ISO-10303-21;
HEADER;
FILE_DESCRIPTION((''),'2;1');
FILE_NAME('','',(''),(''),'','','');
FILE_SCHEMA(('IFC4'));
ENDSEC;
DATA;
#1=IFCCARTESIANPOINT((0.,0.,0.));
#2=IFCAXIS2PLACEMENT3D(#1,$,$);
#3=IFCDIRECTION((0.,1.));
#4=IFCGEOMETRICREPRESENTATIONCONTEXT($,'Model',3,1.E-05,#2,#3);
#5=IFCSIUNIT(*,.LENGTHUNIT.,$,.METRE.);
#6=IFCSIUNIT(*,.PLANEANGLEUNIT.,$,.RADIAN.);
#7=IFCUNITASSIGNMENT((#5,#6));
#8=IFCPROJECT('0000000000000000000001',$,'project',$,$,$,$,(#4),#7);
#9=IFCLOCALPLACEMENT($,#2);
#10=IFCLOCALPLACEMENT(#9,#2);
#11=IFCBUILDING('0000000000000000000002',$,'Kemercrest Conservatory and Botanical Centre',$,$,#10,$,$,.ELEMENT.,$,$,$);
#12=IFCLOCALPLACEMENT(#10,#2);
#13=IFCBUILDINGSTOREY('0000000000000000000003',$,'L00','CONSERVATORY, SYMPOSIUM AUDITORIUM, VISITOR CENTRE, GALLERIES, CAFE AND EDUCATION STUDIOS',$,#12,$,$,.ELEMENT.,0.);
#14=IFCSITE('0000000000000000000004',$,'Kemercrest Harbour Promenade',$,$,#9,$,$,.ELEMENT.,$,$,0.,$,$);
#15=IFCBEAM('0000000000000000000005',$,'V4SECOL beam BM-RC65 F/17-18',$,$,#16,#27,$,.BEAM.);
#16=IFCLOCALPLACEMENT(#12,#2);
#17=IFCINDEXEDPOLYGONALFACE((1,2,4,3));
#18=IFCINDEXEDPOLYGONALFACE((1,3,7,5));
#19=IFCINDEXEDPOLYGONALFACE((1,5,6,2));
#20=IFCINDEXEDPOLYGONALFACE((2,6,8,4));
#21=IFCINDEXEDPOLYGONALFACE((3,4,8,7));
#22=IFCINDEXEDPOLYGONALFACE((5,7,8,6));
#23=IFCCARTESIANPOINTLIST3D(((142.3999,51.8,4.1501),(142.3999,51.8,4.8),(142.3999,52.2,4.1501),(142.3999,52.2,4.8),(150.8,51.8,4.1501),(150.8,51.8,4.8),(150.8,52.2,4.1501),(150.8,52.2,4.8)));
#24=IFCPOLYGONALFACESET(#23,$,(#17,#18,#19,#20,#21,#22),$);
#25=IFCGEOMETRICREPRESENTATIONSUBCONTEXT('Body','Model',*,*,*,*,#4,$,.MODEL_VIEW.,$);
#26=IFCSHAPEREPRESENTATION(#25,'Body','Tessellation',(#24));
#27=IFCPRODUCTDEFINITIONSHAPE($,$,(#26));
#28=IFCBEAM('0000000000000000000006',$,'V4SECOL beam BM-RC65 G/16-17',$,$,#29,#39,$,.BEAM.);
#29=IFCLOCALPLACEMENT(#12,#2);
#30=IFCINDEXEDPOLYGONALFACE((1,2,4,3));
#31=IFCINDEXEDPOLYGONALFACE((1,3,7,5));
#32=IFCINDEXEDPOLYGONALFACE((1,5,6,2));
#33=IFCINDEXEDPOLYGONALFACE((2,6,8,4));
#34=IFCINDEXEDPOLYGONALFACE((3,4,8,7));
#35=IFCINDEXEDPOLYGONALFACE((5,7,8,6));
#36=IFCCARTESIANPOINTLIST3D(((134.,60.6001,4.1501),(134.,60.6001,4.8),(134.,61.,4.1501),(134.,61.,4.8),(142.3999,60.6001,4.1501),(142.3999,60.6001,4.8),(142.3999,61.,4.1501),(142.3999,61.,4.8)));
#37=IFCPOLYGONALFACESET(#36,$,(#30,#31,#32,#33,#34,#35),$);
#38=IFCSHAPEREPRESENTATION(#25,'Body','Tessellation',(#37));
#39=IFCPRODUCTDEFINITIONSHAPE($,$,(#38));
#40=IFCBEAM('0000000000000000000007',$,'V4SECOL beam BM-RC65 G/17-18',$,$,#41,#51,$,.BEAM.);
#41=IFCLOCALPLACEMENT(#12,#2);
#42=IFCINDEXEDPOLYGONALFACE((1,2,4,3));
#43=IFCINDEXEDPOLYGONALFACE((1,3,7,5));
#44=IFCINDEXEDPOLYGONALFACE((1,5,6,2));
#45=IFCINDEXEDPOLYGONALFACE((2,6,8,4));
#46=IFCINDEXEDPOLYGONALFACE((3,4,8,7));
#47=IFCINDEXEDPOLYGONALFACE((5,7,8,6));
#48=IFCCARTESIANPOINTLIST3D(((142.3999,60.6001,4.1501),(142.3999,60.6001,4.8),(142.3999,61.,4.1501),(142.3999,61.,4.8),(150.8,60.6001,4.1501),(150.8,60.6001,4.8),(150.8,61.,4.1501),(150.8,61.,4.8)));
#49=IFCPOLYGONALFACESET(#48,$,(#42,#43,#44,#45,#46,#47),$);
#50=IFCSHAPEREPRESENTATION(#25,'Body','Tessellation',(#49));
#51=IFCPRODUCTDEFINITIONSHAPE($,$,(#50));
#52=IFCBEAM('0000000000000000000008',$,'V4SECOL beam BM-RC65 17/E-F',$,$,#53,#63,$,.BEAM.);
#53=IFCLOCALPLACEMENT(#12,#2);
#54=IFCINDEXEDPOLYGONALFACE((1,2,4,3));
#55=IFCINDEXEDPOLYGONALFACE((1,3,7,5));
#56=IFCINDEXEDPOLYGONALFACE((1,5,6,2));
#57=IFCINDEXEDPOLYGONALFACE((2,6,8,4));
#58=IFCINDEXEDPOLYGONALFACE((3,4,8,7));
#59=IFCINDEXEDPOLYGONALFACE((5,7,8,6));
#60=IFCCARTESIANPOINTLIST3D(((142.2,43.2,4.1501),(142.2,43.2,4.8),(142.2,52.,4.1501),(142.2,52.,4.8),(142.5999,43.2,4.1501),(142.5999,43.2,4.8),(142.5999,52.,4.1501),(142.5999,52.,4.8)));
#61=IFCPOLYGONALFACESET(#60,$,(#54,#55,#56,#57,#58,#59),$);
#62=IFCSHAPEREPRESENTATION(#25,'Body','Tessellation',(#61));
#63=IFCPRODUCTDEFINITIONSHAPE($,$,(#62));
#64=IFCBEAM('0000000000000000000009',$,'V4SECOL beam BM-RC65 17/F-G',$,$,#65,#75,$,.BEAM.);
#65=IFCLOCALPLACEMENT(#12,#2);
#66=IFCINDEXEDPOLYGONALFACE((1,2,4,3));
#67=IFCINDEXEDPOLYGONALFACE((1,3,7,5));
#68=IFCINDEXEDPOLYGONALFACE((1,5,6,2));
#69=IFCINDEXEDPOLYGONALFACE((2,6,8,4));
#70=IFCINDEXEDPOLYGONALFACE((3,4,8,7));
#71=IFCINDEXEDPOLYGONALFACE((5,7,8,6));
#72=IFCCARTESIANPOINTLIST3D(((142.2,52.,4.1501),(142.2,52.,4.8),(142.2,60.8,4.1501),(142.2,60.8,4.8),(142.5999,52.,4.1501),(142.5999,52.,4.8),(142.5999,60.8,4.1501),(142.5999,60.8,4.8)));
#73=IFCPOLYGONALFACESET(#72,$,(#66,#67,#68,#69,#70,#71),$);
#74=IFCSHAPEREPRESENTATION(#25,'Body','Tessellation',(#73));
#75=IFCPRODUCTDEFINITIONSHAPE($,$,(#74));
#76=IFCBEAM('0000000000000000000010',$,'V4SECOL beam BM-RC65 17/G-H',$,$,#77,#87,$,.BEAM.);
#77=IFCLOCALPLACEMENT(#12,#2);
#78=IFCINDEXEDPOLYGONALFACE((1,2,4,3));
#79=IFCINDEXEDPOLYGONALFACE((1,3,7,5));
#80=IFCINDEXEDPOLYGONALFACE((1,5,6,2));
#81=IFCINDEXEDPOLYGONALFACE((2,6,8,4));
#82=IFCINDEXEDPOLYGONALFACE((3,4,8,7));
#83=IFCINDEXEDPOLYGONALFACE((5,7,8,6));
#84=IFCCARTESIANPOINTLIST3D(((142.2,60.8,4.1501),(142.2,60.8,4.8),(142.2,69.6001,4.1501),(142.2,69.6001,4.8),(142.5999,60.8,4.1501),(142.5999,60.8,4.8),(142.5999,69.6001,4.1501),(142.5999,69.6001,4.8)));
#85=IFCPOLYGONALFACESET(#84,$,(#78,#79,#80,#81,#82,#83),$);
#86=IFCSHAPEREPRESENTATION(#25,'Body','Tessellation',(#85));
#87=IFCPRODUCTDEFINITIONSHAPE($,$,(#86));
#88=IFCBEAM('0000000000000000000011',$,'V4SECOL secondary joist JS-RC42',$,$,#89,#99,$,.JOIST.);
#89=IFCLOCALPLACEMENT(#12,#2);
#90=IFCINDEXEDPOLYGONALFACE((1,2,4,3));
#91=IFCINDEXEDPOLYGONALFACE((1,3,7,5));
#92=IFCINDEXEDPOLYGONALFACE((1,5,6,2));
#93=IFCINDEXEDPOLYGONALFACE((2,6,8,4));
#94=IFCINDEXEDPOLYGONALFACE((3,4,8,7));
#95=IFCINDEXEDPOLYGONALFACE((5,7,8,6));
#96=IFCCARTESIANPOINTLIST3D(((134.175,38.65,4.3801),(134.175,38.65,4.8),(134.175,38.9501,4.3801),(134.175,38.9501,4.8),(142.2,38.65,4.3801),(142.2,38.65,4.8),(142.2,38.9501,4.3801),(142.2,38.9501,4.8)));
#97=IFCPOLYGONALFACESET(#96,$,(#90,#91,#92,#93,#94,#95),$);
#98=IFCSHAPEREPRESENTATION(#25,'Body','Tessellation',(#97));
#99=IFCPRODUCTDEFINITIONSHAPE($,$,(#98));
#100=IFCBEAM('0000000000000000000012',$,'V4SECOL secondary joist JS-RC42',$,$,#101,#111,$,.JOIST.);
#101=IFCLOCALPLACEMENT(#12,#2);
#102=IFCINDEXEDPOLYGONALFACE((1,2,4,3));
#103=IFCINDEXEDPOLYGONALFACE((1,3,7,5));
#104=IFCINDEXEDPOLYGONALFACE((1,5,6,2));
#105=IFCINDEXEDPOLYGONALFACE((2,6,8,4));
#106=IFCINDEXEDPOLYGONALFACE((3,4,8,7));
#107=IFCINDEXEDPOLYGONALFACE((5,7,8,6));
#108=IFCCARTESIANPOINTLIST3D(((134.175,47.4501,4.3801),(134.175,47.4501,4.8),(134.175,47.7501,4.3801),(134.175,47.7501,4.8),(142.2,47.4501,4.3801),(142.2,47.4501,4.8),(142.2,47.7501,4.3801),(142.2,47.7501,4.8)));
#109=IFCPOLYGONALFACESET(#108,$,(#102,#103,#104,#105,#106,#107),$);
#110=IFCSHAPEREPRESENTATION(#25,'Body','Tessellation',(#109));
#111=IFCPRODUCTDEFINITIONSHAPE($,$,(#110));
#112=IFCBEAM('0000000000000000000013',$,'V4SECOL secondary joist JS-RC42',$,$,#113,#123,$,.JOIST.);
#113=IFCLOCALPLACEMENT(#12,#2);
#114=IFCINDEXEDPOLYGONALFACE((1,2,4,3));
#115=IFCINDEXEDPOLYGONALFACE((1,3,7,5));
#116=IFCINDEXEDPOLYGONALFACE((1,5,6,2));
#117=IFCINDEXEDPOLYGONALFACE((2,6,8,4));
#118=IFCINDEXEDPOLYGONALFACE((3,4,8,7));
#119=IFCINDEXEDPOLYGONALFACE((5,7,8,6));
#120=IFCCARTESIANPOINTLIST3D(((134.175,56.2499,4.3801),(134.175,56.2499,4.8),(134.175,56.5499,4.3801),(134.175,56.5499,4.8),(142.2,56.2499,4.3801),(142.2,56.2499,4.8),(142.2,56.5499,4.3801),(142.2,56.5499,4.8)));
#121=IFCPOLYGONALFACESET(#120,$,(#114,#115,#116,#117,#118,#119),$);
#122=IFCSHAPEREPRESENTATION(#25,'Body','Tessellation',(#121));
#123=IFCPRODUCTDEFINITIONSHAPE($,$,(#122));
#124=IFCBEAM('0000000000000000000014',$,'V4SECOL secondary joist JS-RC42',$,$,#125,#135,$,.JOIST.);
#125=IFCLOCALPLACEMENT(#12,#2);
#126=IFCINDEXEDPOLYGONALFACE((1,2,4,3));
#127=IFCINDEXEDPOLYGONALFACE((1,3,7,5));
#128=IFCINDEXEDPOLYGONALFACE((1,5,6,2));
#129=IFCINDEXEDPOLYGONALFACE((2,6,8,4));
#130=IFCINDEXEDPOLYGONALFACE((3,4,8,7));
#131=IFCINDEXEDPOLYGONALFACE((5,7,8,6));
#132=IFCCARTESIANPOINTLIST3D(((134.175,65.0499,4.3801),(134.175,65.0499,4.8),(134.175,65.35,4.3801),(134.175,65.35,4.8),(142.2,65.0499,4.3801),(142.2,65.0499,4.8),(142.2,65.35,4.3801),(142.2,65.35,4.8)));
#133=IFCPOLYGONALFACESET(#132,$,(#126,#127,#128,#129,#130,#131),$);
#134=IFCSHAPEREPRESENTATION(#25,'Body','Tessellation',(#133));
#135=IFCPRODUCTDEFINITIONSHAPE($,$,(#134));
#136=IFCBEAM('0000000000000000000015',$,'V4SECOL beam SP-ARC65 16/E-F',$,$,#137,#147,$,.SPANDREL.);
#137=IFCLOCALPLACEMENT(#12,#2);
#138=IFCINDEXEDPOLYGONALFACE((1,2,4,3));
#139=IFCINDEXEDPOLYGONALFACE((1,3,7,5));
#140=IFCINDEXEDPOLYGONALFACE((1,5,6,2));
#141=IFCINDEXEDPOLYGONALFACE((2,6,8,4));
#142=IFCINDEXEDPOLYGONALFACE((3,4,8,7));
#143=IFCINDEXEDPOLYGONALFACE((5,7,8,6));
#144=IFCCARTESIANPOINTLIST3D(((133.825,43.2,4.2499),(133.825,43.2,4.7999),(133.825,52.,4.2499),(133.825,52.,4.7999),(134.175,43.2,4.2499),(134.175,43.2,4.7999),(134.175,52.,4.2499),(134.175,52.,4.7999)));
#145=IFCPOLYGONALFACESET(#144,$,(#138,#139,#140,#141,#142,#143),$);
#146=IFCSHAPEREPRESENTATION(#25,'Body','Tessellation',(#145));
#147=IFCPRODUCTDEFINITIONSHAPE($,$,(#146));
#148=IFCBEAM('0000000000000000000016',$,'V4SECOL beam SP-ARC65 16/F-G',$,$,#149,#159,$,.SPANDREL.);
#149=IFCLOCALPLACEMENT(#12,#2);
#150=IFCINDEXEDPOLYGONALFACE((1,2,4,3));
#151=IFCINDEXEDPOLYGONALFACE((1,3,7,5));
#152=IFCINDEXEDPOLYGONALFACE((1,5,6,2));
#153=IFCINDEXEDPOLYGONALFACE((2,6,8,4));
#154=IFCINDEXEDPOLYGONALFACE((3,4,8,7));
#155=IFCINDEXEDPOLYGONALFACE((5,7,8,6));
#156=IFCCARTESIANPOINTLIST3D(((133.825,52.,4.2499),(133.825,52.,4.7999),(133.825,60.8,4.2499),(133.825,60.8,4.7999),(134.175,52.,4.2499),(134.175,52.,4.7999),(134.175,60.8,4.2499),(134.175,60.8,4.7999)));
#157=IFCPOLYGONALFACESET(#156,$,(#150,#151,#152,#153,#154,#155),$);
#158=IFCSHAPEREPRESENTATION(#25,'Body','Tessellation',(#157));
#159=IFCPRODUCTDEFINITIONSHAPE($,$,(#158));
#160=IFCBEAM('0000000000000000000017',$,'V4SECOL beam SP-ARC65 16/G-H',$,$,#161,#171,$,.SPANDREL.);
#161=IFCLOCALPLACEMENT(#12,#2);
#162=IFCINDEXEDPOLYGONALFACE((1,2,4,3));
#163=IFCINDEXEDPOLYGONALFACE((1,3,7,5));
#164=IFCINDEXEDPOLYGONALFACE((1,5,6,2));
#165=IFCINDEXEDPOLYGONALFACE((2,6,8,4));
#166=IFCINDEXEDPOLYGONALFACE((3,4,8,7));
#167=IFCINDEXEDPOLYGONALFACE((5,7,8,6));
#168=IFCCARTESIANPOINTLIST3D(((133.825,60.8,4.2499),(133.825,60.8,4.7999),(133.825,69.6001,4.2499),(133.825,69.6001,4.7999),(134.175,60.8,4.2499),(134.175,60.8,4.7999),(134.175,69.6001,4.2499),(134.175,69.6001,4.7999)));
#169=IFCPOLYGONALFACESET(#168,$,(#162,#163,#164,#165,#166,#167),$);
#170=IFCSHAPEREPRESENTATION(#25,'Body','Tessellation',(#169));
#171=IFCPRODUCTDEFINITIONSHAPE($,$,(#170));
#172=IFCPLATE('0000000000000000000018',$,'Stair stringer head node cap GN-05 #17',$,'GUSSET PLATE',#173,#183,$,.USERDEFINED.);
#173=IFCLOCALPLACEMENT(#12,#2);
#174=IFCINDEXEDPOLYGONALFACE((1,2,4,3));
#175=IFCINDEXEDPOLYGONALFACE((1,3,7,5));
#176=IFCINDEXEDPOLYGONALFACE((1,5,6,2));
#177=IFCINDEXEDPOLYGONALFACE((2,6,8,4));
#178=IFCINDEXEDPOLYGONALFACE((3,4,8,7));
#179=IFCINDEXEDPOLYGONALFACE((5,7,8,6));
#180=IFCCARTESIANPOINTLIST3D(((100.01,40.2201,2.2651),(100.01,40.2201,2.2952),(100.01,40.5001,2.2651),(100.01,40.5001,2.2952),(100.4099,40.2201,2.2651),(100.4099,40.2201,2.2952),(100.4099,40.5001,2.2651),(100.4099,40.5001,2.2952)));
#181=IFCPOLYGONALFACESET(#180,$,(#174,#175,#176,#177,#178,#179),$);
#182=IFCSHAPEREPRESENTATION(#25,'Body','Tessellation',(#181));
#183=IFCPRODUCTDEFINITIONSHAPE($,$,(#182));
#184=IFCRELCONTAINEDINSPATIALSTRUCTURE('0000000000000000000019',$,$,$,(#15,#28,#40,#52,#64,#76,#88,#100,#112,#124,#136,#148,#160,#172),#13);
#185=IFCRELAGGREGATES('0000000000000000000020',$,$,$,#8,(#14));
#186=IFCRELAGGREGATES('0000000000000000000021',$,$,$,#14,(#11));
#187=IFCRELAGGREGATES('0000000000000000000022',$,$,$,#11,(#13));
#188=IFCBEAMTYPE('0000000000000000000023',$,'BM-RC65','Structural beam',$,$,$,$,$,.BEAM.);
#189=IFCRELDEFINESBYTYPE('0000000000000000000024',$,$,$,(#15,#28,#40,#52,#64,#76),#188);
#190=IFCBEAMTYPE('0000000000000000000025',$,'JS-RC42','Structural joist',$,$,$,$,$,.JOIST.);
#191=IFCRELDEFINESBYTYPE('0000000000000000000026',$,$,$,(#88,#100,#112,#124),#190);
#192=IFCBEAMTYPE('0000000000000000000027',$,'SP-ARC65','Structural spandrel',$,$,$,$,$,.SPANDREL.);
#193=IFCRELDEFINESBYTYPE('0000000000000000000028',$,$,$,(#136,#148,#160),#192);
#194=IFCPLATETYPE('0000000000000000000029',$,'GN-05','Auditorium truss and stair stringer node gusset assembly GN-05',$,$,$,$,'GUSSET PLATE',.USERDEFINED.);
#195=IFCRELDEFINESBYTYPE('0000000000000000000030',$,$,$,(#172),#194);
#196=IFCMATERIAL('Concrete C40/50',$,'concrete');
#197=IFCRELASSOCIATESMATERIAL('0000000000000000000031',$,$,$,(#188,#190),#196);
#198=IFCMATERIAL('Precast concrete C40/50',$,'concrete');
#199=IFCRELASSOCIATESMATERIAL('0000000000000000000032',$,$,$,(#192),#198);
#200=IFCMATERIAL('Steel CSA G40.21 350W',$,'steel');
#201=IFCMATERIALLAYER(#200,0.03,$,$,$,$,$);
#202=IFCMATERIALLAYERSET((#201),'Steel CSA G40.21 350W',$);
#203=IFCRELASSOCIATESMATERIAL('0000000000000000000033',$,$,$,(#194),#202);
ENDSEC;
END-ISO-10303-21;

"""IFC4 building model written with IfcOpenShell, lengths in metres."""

from ifc_helpers import new_model, si_unit, direction, frame, origin, origin_2d, place, context, subcontext, project, spatial, rectangle, extrude, material, layer, layer_set, material_profile, profile_set, type_object, element, save


model = new_model("IFC4")

# Units and contexts
model_context = context("Model", 3, precision=1e-05, world=origin(), true_north=direction((0.0, 1.0)))
body_context = subcontext(model_context, "Body", "Model", "MODEL_VIEW")
ifc_project = project(units=[si_unit("LENGTHUNIT", "METRE"), si_unit("PLANEANGLEUNIT", "RADIAN")], contexts=[model_context])

# Site, building, storey
site_placement = place(None, origin())
site = spatial("IfcSite", under=ifc_project, at=site_placement, Name="Kemercrest Harbour Promenade", CompositionType="ELEMENT", RefElevation=0.0)
building_placement = place(site_placement, origin())
building = spatial("IfcBuilding", under=site, at=building_placement, Name="Kemercrest Conservatory and Botanical Centre", CompositionType="ELEMENT")
storey_placement = place(building_placement, origin())
storey = spatial("IfcBuildingStorey", under=building, at=storey_placement, Name="L00", Description="CONSERVATORY, SYMPOSIUM AUDITORIUM, VISITOR CENTRE, GALLERIES, CAFE AND EDUCATION STUDIOS", CompositionType="ELEMENT", Elevation=0.0)

# Shared definitions
ifc_material_1 = material(Name="Concrete C40/50", Category="concrete")
ifc_material_2 = material(Name="Precast concrete C40/50", Category="concrete")

# Beams
ifc_material_profile_1 = material_profile(ifc_material_1, rectangle(XDim=0.3999, YDim=0.6499, at=origin_2d()), Name="RC 400x650")
ifc_profile_set_1 = profile_set([ifc_material_profile_1], Name="Concrete C40/50")
beam_type_1 = type_object("IfcBeamType", Name="BM-RC65", Description="Structural beam", PredefinedType="BEAM", material=ifc_profile_set_1)
beam_1_placement = place(storey_placement, frame((142.3999, 52.0, 4.4751), z_axis=(1.0, 0.0, 0.0), x_axis=(0.0, 1.0, 0.0)))
element("IfcBeam", 1, at=beam_1_placement, inside=storey, type_object=beam_type_1, Name="V4SECOL beam BM-RC65 F/17-18", PredefinedType="BEAM", context=body_context, shape_type="SweptSolid", body=[
    extrude(rectangle(XDim=0.3999, YDim=0.6499, at=origin_2d()), origin(), (0.0, 0.0, 1.0), 8.4001),
])
beam_2_placement = place(storey_placement, frame((134.0, 60.8, 4.4751), z_axis=(1.0, 0.0, 0.0), x_axis=(0.0, 1.0, 0.0)))
element("IfcBeam", 2, at=beam_2_placement, inside=storey, type_object=beam_type_1, Name="V4SECOL beam BM-RC65 G/16-17", PredefinedType="BEAM", context=body_context, shape_type="SweptSolid", body=[
    extrude(rectangle(XDim=0.3999, YDim=0.6499, at=origin_2d()), origin(), (0.0, 0.0, 1.0), 8.3999),
])
beam_3_placement = place(storey_placement, frame((142.3999, 60.8, 4.4751), z_axis=(1.0, 0.0, 0.0), x_axis=(0.0, 1.0, 0.0)))
element("IfcBeam", 3, at=beam_3_placement, inside=storey, type_object=beam_type_1, Name="V4SECOL beam BM-RC65 G/17-18", PredefinedType="BEAM", context=body_context, shape_type="SweptSolid", body=[
    extrude(rectangle(XDim=0.3999, YDim=0.6499, at=origin_2d()), origin(), (0.0, 0.0, 1.0), 8.4001),
])
for number, where, z_axis, x_axis, name in (
    (4, (142.3999, 43.2, 4.4751), (0.0, 1.0, 0.0), (-1.0, 0.0, 0.0), "V4SECOL beam BM-RC65 17/E-F"),
    (5, (142.3999, 52.0, 4.4751), (0.0, 1.0, 0.0), (-1.0, 0.0, 0.0), "V4SECOL beam BM-RC65 17/F-G"),
    (6, (142.3999, 60.8, 4.4751), (0.0, 1.0, 0.0), (-1.0, 0.0, 0.0), "V4SECOL beam BM-RC65 17/G-H"),
):
    element("IfcBeam", number, at=place(storey_placement, frame(where, z_axis=z_axis, x_axis=x_axis)), inside=storey, type_object=beam_type_1, Name=name, PredefinedType="BEAM", context=body_context, shape_type="SweptSolid", body=[
        extrude(rectangle(XDim=0.3999, YDim=0.6499, at=origin_2d()), origin(), (0.0, 0.0, 1.0), 8.8),
    ])
ifc_material_profile_2 = material_profile(ifc_material_1, rectangle(XDim=0.3, YDim=0.4199, at=origin_2d()), Name="RC 300x420")
ifc_profile_set_2 = profile_set([ifc_material_profile_2], Name="Concrete C40/50")
beam_type_2 = type_object("IfcBeamType", Name="JS-RC42", Description="Structural joist", PredefinedType="JOIST", material=ifc_profile_set_2)
for number, where, z_axis, x_axis, name in (
    (7, (134.175, 38.8, 4.5901), (1.0, 0.0, 0.0), (0.0, 1.0, 0.0), "V4SECOL secondary joist JS-RC42"),
    (8, (134.175, 47.6001, 4.5901), (1.0, 0.0, 0.0), (0.0, 1.0, 0.0), "V4SECOL secondary joist JS-RC42"),
    (9, (134.175, 56.3999, 4.5901), (1.0, 0.0, 0.0), (0.0, 1.0, 0.0), "V4SECOL secondary joist JS-RC42"),
    (10, (134.175, 65.2, 4.5901), (1.0, 0.0, 0.0), (0.0, 1.0, 0.0), "V4SECOL secondary joist JS-RC42"),
):
    element("IfcBeam", number, at=place(storey_placement, frame(where, z_axis=z_axis, x_axis=x_axis)), inside=storey, type_object=beam_type_2, Name=name, PredefinedType="JOIST", context=body_context, shape_type="SweptSolid", body=[
        extrude(rectangle(XDim=0.3, YDim=0.4199, at=origin_2d()), origin(), (0.0, 0.0, 1.0), 8.0249),
    ])
ifc_material_profile_3 = material_profile(ifc_material_2, rectangle(XDim=0.3501, YDim=0.55, at=origin_2d()), Name="RC 350x550")
ifc_profile_set_3 = profile_set([ifc_material_profile_3], Name="Precast concrete C40/50")
beam_type_3 = type_object("IfcBeamType", Name="SP-ARC65", Description="Structural spandrel", PredefinedType="SPANDREL", material=ifc_profile_set_3)
for number, where, z_axis, x_axis, name in (
    (11, (134.0, 43.2, 4.5249), (0.0, 1.0, 0.0), (-1.0, 0.0, 0.0), "V4SECOL beam SP-ARC65 16/E-F"),
    (12, (134.0, 52.0, 4.5249), (0.0, 1.0, 0.0), (-1.0, 0.0, 0.0), "V4SECOL beam SP-ARC65 16/F-G"),
    (13, (134.0, 60.8, 4.5249), (0.0, 1.0, 0.0), (-1.0, 0.0, 0.0), "V4SECOL beam SP-ARC65 16/G-H"),
):
    element("IfcBeam", number, at=place(storey_placement, frame(where, z_axis=z_axis, x_axis=x_axis)), inside=storey, type_object=beam_type_3, Name=name, PredefinedType="SPANDREL", context=body_context, shape_type="SweptSolid", body=[
        extrude(rectangle(XDim=0.3501, YDim=0.55, at=origin_2d()), origin(), (0.0, 0.0, 1.0), 8.8),
    ])

# Plate
ifc_material_3 = material(Name="Steel CSA G40.21 350W", Category="steel")
ifc_layer = layer(ifc_material_3, 0.03)
ifc_layer_set = layer_set([ifc_layer], Name="Steel CSA G40.21 350W")
plate_type = type_object("IfcPlateType", Name="GN-05", Description="Auditorium truss and stair stringer node gusset assembly GN-05", ElementType="GUSSET PLATE", PredefinedType="USERDEFINED", material=ifc_layer_set)
plate_placement = place(storey_placement, frame((100.21, 40.3601, 2.2651), z_axis=(0.0, 0.0, 1.0), x_axis=(1.0, 0.0, 0.0)))
element("IfcPlate", 14, at=plate_placement, inside=storey, type_object=plate_type, Name="Stair stringer head node cap GN-05 #17", ObjectType="GUSSET PLATE", PredefinedType="USERDEFINED", context=body_context, shape_type="SweptSolid", body=[
    extrude(rectangle(XDim=0.3999, YDim=0.28, at=origin_2d()), origin(), (0.0, 0.0, 1.0), 0.03),
])

save(model, "model.ifc")
